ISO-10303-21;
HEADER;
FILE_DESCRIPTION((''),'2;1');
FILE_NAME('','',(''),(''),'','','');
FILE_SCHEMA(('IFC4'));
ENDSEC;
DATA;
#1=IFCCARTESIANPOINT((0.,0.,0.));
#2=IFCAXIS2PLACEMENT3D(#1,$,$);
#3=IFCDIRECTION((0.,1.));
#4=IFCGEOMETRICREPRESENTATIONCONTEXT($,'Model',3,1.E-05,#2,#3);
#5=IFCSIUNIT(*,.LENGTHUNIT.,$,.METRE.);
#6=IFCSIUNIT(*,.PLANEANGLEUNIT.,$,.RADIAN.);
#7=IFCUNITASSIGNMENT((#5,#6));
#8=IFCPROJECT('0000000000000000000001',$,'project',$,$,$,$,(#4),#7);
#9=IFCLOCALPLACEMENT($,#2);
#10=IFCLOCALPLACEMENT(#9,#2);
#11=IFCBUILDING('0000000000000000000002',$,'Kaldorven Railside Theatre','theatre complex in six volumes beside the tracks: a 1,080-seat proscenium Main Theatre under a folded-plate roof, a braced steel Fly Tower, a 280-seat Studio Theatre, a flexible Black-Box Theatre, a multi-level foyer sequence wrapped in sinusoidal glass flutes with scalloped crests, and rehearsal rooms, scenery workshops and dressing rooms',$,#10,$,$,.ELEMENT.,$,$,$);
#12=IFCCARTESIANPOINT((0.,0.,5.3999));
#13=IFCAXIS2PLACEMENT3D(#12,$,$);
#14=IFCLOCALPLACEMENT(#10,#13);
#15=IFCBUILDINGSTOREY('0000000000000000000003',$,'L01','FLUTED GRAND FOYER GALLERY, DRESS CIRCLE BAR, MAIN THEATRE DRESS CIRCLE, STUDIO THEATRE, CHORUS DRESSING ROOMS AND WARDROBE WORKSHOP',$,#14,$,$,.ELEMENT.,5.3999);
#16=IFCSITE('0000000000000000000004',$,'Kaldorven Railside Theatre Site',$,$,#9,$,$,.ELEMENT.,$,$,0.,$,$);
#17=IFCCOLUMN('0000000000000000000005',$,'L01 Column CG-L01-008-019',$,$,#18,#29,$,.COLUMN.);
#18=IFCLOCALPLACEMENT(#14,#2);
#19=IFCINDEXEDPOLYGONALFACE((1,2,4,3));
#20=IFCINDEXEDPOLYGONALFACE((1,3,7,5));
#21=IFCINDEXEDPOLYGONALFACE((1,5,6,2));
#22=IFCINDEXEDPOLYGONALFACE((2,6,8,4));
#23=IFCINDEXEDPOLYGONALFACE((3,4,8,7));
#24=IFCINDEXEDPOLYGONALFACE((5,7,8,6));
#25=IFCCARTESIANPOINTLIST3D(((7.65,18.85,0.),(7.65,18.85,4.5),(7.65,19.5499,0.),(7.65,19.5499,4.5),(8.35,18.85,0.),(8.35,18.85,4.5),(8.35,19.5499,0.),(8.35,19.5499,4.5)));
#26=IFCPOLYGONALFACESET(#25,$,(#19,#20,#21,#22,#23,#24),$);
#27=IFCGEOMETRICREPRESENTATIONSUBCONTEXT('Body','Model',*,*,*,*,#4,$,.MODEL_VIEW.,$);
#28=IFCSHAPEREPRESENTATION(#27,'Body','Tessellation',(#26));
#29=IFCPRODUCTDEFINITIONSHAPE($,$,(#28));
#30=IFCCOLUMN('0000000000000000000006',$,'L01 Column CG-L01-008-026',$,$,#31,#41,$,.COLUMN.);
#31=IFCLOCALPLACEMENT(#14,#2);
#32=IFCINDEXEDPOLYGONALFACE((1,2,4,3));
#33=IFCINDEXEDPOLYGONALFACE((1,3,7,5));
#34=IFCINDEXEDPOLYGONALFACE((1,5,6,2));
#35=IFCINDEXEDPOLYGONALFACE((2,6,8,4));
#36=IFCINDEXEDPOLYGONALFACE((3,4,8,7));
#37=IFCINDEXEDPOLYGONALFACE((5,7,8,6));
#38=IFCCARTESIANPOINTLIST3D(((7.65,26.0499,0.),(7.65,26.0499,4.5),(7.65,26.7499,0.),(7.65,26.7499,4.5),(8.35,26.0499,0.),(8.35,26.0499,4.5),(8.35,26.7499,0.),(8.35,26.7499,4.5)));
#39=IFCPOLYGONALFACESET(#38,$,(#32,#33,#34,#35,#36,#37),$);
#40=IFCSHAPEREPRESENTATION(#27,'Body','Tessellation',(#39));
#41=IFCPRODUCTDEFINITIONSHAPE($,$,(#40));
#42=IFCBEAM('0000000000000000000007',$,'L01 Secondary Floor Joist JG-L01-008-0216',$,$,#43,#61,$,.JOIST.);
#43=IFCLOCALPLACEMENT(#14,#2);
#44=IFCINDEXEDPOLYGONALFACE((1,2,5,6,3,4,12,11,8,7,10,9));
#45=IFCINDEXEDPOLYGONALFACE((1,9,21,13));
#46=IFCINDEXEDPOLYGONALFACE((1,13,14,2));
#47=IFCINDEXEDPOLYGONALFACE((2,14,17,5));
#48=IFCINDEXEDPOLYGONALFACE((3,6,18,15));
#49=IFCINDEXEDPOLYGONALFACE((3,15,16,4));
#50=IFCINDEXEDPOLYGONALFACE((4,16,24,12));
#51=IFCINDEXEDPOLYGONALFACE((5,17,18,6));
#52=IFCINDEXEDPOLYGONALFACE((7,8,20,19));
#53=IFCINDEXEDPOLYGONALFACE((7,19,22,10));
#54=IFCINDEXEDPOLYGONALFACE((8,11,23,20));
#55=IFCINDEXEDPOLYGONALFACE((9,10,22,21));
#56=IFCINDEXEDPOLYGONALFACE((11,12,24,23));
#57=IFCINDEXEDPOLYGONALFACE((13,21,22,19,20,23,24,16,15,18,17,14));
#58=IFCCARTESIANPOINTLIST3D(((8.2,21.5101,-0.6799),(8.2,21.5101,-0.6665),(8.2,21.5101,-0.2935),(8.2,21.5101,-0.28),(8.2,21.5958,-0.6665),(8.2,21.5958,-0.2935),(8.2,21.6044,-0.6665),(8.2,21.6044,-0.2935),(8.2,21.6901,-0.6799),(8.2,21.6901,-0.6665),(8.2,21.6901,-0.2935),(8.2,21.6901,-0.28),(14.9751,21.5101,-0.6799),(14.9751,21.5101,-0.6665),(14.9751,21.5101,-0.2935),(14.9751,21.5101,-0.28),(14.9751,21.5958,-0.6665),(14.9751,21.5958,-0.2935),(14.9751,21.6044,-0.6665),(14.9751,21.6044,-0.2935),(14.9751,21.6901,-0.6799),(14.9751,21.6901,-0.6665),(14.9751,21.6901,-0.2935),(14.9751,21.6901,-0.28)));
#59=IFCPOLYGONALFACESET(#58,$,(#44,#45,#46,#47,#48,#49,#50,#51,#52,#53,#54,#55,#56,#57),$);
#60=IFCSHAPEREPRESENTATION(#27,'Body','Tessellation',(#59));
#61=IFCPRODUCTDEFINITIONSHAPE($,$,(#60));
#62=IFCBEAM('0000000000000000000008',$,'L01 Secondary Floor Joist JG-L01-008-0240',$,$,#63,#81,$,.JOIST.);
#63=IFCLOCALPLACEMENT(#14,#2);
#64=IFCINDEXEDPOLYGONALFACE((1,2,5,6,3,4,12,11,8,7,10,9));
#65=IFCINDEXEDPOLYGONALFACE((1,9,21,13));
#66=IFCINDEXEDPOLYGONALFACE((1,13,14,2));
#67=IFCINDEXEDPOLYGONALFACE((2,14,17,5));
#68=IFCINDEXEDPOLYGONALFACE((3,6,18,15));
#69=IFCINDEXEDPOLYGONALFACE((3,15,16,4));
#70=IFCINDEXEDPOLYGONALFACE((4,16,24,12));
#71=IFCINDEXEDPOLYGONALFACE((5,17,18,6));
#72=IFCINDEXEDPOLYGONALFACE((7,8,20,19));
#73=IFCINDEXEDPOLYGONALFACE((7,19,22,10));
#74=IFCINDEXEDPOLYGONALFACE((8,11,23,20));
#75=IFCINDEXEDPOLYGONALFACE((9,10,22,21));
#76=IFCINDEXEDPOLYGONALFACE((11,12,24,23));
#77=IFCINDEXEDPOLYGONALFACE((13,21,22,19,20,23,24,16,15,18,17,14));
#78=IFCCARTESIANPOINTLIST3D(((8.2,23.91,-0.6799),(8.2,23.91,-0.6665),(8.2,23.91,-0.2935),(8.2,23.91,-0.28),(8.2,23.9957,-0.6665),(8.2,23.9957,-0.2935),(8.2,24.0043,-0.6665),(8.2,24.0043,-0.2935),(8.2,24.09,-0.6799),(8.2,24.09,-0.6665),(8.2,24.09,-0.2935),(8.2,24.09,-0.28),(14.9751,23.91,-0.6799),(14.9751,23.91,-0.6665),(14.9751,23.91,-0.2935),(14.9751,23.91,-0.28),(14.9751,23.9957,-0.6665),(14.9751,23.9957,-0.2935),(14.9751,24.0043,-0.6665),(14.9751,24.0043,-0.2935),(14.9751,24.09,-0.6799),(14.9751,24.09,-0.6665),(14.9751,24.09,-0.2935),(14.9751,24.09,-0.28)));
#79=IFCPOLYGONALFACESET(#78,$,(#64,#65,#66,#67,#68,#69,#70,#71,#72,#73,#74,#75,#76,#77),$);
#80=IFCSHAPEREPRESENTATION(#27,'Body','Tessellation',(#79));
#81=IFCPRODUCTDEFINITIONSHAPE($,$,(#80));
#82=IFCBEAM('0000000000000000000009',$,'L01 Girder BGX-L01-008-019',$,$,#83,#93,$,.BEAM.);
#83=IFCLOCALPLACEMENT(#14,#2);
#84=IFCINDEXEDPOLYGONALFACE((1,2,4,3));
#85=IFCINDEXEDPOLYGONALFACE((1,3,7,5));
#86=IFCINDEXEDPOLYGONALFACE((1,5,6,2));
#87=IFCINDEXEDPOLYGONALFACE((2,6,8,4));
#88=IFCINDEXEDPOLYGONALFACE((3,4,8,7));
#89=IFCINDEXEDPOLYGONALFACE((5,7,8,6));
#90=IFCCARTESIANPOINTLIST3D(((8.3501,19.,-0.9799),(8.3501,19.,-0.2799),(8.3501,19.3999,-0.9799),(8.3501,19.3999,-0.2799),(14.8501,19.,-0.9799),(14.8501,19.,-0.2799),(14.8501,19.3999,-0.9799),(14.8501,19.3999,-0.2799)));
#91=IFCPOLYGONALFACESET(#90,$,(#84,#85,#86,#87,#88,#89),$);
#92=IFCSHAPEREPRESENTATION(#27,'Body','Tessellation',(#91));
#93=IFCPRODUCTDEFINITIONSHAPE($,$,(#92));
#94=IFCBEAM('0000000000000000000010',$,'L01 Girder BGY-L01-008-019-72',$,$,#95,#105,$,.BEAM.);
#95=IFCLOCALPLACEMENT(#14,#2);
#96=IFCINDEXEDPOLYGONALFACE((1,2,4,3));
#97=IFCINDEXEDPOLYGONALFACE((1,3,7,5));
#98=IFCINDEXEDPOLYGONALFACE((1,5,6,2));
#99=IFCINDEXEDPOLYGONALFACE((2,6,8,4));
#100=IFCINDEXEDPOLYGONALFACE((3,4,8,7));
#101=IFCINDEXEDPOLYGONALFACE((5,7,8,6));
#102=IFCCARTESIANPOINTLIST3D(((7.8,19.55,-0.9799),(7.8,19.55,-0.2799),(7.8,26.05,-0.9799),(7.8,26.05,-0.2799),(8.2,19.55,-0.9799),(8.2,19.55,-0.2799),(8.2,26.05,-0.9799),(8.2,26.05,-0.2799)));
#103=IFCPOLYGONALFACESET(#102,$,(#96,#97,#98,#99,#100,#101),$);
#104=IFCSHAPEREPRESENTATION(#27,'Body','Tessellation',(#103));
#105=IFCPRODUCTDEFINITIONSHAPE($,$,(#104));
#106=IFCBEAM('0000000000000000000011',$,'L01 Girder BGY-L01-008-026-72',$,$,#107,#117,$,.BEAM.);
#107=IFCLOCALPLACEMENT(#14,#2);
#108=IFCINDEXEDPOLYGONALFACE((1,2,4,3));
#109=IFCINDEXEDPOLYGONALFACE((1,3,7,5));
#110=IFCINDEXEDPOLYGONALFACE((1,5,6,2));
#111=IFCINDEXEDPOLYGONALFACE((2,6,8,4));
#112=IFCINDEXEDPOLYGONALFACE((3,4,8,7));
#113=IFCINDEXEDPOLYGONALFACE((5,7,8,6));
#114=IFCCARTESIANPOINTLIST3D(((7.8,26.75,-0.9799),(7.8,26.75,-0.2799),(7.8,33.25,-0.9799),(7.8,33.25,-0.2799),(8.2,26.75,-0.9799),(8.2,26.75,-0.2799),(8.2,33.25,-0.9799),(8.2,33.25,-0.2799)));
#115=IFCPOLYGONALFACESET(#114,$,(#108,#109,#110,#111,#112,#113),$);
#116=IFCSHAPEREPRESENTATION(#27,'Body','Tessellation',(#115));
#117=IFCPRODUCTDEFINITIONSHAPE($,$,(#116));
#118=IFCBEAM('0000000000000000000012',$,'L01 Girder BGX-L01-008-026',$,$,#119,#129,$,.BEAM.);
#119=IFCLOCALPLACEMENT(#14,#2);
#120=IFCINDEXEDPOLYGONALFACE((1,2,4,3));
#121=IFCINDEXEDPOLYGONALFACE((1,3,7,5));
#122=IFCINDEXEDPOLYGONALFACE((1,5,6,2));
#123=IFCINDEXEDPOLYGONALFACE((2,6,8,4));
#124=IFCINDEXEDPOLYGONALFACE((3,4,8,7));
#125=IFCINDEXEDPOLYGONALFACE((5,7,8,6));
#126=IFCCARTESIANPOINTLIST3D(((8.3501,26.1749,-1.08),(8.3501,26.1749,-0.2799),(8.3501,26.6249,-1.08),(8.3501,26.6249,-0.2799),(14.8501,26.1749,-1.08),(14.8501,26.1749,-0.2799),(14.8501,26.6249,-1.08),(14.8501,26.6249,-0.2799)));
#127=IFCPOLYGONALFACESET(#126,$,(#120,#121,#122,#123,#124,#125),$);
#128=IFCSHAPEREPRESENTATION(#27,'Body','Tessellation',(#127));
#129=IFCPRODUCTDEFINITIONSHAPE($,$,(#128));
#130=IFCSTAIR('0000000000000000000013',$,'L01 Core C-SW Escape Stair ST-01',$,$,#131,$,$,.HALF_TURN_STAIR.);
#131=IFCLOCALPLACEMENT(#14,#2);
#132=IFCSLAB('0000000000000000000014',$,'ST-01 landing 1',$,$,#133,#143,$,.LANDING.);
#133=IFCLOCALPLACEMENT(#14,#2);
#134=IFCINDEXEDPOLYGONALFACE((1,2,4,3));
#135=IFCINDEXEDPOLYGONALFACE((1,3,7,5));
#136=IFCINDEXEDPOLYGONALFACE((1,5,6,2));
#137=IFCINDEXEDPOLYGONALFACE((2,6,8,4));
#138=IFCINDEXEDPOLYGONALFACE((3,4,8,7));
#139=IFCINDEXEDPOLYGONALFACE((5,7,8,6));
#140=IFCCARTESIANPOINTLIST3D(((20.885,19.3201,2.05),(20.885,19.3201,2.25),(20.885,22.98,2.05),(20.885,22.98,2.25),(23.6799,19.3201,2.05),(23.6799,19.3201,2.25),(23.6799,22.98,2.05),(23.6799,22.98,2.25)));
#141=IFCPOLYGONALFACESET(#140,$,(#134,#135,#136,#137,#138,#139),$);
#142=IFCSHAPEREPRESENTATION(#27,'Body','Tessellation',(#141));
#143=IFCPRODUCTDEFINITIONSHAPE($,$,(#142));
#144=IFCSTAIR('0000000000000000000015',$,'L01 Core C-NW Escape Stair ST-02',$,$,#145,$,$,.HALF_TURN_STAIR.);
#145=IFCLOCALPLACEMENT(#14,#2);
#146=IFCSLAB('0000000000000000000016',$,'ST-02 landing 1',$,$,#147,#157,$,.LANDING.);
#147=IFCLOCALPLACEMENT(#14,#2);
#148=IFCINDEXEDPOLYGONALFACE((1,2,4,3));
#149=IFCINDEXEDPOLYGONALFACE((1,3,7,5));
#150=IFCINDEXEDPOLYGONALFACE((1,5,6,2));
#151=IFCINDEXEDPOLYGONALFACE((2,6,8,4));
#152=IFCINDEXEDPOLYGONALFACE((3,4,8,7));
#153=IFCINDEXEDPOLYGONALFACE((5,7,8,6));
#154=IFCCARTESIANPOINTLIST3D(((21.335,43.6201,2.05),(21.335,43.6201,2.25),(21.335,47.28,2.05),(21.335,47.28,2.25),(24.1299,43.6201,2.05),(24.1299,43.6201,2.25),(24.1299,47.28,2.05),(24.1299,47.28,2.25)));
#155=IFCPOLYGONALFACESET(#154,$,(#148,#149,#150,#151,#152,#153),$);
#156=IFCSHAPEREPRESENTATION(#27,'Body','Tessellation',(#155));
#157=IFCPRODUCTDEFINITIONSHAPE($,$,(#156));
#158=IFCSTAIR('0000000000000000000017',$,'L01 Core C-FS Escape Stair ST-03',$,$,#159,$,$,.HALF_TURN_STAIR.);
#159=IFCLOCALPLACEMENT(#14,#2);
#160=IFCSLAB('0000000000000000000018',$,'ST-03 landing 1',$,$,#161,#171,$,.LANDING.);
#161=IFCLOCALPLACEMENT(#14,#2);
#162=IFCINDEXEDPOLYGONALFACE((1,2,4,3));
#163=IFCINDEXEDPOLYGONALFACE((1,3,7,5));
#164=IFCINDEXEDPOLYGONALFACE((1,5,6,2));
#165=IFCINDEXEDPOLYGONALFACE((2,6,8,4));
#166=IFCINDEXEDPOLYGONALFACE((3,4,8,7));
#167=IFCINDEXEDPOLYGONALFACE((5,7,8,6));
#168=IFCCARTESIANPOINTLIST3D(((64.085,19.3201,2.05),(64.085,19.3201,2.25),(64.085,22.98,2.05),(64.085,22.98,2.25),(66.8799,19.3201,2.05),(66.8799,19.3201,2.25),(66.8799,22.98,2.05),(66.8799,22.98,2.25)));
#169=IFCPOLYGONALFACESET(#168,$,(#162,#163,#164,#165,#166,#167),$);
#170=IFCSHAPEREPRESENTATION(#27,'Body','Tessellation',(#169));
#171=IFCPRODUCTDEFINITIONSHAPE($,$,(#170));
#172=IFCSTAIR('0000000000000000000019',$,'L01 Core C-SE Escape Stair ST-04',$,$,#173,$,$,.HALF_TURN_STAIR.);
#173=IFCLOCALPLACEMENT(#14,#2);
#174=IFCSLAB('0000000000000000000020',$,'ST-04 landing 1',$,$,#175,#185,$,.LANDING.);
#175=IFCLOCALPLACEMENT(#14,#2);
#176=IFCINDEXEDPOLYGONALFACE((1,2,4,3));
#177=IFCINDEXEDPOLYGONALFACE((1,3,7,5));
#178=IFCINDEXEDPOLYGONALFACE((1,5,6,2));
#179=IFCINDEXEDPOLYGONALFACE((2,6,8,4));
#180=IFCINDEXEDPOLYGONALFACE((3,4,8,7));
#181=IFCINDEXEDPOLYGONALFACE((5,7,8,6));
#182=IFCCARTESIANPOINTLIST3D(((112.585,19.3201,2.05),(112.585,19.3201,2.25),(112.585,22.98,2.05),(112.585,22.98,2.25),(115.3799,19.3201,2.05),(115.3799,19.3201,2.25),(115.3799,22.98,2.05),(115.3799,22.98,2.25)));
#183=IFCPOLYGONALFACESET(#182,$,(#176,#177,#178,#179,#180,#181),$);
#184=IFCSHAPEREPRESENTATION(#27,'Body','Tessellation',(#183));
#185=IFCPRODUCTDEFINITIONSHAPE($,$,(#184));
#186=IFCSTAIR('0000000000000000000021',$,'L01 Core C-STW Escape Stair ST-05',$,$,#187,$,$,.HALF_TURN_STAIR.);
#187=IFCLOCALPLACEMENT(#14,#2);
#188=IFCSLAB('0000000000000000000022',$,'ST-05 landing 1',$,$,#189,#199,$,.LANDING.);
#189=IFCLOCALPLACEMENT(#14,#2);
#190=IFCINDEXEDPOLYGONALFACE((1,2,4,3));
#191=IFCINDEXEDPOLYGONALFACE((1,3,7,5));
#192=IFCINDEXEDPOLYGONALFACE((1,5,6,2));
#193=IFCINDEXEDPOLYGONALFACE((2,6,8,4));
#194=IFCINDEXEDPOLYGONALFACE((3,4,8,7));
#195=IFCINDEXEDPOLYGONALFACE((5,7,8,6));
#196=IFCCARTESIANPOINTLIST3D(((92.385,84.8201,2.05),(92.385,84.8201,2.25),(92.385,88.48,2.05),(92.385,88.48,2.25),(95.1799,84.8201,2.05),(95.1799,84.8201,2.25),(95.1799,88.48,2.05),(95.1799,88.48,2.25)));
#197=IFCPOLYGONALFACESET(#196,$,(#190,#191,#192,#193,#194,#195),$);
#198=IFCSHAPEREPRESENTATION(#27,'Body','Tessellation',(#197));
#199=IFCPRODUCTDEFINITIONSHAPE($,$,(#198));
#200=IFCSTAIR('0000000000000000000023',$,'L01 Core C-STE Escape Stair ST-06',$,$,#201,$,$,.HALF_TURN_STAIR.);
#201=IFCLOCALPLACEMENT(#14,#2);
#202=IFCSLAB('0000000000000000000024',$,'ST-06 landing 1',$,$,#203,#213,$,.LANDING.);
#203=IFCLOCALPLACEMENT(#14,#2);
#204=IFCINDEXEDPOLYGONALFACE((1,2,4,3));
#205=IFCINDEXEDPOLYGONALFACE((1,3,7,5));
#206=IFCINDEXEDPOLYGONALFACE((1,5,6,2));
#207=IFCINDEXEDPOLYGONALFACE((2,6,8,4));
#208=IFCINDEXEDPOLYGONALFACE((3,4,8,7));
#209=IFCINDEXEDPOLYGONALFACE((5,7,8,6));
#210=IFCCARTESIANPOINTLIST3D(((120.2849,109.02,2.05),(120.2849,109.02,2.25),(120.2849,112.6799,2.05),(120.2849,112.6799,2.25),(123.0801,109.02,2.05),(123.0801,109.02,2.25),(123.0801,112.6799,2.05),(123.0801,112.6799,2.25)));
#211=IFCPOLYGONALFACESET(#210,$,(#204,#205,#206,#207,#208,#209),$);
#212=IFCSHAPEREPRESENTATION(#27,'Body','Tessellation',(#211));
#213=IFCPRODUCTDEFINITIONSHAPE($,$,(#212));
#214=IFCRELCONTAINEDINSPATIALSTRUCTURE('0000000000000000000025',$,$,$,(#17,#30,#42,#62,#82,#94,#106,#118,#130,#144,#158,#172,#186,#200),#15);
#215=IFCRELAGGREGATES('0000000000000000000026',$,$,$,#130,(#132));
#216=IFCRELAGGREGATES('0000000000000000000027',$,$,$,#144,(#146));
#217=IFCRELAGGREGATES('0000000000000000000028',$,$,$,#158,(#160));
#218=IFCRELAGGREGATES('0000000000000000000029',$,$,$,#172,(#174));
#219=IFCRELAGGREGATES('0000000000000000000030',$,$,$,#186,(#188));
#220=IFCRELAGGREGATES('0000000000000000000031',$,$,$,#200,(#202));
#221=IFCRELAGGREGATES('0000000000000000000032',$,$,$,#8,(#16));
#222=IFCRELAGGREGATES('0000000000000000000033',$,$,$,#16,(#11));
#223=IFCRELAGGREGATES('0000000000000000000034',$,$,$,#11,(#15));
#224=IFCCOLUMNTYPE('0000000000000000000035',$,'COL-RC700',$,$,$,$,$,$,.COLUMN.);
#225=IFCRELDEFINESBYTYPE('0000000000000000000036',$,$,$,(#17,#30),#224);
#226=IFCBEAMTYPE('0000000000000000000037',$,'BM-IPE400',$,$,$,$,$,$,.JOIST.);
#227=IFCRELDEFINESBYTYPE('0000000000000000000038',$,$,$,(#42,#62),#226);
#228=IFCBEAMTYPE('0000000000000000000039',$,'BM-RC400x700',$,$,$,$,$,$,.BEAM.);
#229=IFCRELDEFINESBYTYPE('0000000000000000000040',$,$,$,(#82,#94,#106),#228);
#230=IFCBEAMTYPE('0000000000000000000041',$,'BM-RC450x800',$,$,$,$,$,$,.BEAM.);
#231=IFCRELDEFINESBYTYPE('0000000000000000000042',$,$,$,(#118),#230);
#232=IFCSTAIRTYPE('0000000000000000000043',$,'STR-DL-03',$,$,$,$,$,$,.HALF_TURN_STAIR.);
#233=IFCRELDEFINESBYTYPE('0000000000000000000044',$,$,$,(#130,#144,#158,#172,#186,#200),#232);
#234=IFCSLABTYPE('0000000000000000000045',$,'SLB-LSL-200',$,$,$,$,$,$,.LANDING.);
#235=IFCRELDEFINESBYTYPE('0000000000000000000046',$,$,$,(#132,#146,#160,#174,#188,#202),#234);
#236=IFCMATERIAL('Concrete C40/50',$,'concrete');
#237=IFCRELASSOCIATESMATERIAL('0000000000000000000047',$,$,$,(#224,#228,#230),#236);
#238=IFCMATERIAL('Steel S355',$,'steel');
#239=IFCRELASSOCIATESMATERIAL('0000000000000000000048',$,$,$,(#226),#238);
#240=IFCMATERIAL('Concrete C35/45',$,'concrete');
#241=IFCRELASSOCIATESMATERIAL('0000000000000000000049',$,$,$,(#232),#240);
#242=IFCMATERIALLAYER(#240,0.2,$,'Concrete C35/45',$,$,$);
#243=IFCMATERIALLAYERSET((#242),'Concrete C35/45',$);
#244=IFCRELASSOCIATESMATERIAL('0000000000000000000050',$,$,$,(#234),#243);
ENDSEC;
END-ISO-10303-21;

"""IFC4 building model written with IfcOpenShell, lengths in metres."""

from ifc_helpers import new_model, si_unit, direction, frame, origin, origin_2d, place, context, subcontext, project, spatial, polyline, rectangle, i_section, outline, extrude, material, layer, layer_set, material_profile, profile_set, type_object, element, aggregate, save


model = new_model("IFC4")

# Units and contexts
model_context = context("Model", 3, precision=1e-05, world=origin(), true_north=direction((0.0, 1.0)))
body_context = subcontext(model_context, "Body", "Model", "MODEL_VIEW")
ifc_project = project(units=[si_unit("LENGTHUNIT", "METRE"), si_unit("PLANEANGLEUNIT", "RADIAN")], contexts=[model_context])

# Site, building, storey
site_placement = place(None, origin())
site = spatial("IfcSite", under=ifc_project, at=site_placement, Name="Kaldorven Railside Theatre Site", CompositionType="ELEMENT", RefElevation=0.0)
building_placement = place(site_placement, origin())
building = spatial("IfcBuilding", under=site, at=building_placement, Name="Kaldorven Railside Theatre", Description="theatre complex in six volumes beside the tracks: a 1,080-seat proscenium Main Theatre under a folded-plate roof, a braced steel Fly Tower, a 280-seat Studio Theatre, a flexible Black-Box Theatre, a multi-level foyer sequence wrapped in sinusoidal glass flutes with scalloped crests, and rehearsal rooms, scenery workshops and dressing rooms", CompositionType="ELEMENT")
storey_placement = place(building_placement, frame((0.0, 0.0, 5.3999)))
storey = spatial("IfcBuildingStorey", under=building, at=storey_placement, Name="L01", Description="FLUTED GRAND FOYER GALLERY, DRESS CIRCLE BAR, MAIN THEATRE DRESS CIRCLE, STUDIO THEATRE, CHORUS DRESSING ROOMS AND WARDROBE WORKSHOP", CompositionType="ELEMENT", Elevation=5.3999)

# Columns
ifc_material_1 = material(Name="Concrete C40/50", Category="concrete")
ifc_material_profile_1 = material_profile(ifc_material_1, rectangle(XDim=0.7, YDim=0.7, at=origin_2d()), Name="RC 700x700")
ifc_profile_set_1 = profile_set([ifc_material_profile_1], Name="Concrete C40/50")
column_type = type_object("IfcColumnType", Name="COL-RC700", PredefinedType="COLUMN", material=ifc_profile_set_1)
for number, where, z_axis, x_axis, name in (
    (1, (8.0, 19.2, 0.0), (0.0, 0.0, 1.0), (0.0, 1.0, 0.0), "L01 Column CG-L01-008-019"),
    (2, (8.0, 26.3999, 0.0), (0.0, 0.0, 1.0), (1.0, 0.0, 0.0), "L01 Column CG-L01-008-026"),
):
    element("IfcColumn", number, at=place(storey_placement, frame(where, z_axis=z_axis, x_axis=x_axis)), inside=storey, type_object=column_type, Name=name, PredefinedType="COLUMN", context=body_context, shape_type="SweptSolid", body=[
        extrude(rectangle(XDim=0.7, YDim=0.7, at=origin_2d()), origin(), (0.0, 0.0, 1.0), 4.5),
    ])

# Beams
ifc_material_2 = material(Name="Steel S355", Category="steel")
ifc_material_profile_2 = material_profile(ifc_material_2, i_section(OverallWidth=0.1799, OverallDepth=0.3999, WebThickness=0.0085, FlangeThickness=0.0134, at=origin_2d()), Name="IPE 400")
ifc_profile_set_2 = profile_set([ifc_material_profile_2], Name="Steel S355")
beam_type_1 = type_object("IfcBeamType", Name="BM-IPE400", PredefinedType="JOIST", material=ifc_profile_set_2)
for number, where, z_axis, x_axis, name in (
    (3, (8.2, 21.6001, -0.48), (1.0, 0.0, 0.0), (0.0, 1.0, 0.0), "L01 Secondary Floor Joist JG-L01-008-0216"),
    (4, (8.2, 24.0, -0.48), (1.0, 0.0, 0.0), (0.0, 1.0, 0.0), "L01 Secondary Floor Joist JG-L01-008-0240"),
):
    element("IfcBeam", number, at=place(storey_placement, frame(where, z_axis=z_axis, x_axis=x_axis)), inside=storey, type_object=beam_type_1, Name=name, PredefinedType="JOIST", context=body_context, shape_type="SweptSolid", body=[
        extrude(i_section(OverallWidth=0.1799, OverallDepth=0.3999, WebThickness=0.0085, FlangeThickness=0.0134, at=origin_2d()), origin(), (0.0, 0.0, 1.0), 6.7751),
    ])
ifc_material_profile_3 = material_profile(ifc_material_1, rectangle(XDim=0.3999, YDim=0.7, at=origin_2d()), Name="RC 400x700")
ifc_profile_set_3 = profile_set([ifc_material_profile_3], Name="Concrete C40/50")
beam_type_2 = type_object("IfcBeamType", Name="BM-RC400x700", PredefinedType="BEAM", material=ifc_profile_set_3)
for number, where, z_axis, x_axis, name in (
    (5, (8.3501, 19.2, -0.6299), (1.0, 0.0, 0.0), (0.0, 1.0, 0.0), "L01 Girder BGX-L01-008-019"),
    (6, (8.0, 19.55, -0.6299), (0.0, 1.0, 0.0), (-1.0, 0.0, 0.0), "L01 Girder BGY-L01-008-019-72"),
    (7, (8.0, 26.75, -0.6299), (0.0, 1.0, 0.0), (-1.0, 0.0, 0.0), "L01 Girder BGY-L01-008-026-72"),
):
    element("IfcBeam", number, at=place(storey_placement, frame(where, z_axis=z_axis, x_axis=x_axis)), inside=storey, type_object=beam_type_2, Name=name, PredefinedType="BEAM", context=body_context, shape_type="SweptSolid", body=[
        extrude(rectangle(XDim=0.3999, YDim=0.7, at=origin_2d()), origin(), (0.0, 0.0, 1.0), 6.5),
    ])
ifc_material_profile_4 = material_profile(ifc_material_1, rectangle(XDim=0.45, YDim=0.8, at=origin_2d()), Name="RC 450x800")
ifc_profile_set_4 = profile_set([ifc_material_profile_4], Name="Concrete C40/50")
beam_type_3 = type_object("IfcBeamType", Name="BM-RC450x800", PredefinedType="BEAM", material=ifc_profile_set_4)
beam_placement = place(storey_placement, frame((8.3501, 26.3999, -0.6799), z_axis=(1.0, 0.0, 0.0), x_axis=(0.0, 1.0, 0.0)))
element("IfcBeam", 8, at=beam_placement, inside=storey, type_object=beam_type_3, Name="L01 Girder BGX-L01-008-026", PredefinedType="BEAM", context=body_context, shape_type="SweptSolid", body=[
    extrude(rectangle(XDim=0.45, YDim=0.8, at=origin_2d()), origin(), (0.0, 0.0, 1.0), 6.5),
])

# Stairs, slabs
ifc_material_3 = material(Name="Concrete C35/45", Category="concrete")
stair_type_1 = type_object("IfcStairType", Name="STR-DL-03", PredefinedType="HALF_TURN_STAIR", material=ifc_material_3)
stair_1_placement = place(storey_placement, origin())
stair_1 = element("IfcStair", 9, at=stair_1_placement, inside=storey, type_object=stair_type_1, Name="L01 Core C-SW Escape Stair ST-01", PredefinedType="HALF_TURN_STAIR")
ifc_layer_1 = layer(ifc_material_3, 0.2, Name="Concrete C35/45")
ifc_layer_set_1 = layer_set([ifc_layer_1], Name="Concrete C35/45")
slab_type_1 = type_object("IfcSlabType", Name="SLB-LSL-200", PredefinedType="LANDING", material=ifc_layer_set_1)
slab_1_placement = place(storey_placement, frame((0.0, 0.0, 2.05)))
slab_1 = element("IfcSlab", 10, at=slab_1_placement, type_object=slab_type_1, Name="ST-01 landing 1", PredefinedType="LANDING", context=body_context, shape_type="SweptSolid", body=[
    extrude(outline(polyline([(20.885, 19.3201), (23.6799, 19.3201), (23.6799, 22.98), (20.885, 22.98), (20.885, 19.3201)])), origin(), (0.0, 0.0, 1.0), 0.2),
])
aggregate(stair_1, [slab_1])
stair_2_placement = place(storey_placement, origin())
stair_2 = element("IfcStair", 11, at=stair_2_placement, inside=storey, type_object=stair_type_1, Name="L01 Core C-NW Escape Stair ST-02", PredefinedType="HALF_TURN_STAIR")
slab_2_placement = place(storey_placement, frame((0.0, 0.0, 2.05)))
slab_2 = element("IfcSlab", 12, at=slab_2_placement, type_object=slab_type_1, Name="ST-02 landing 1", PredefinedType="LANDING", context=body_context, shape_type="SweptSolid", body=[
    extrude(outline(polyline([(21.335, 43.6201), (24.1299, 43.6201), (24.1299, 47.28), (21.335, 47.28), (21.335, 43.6201)])), origin(), (0.0, 0.0, 1.0), 0.2),
])
aggregate(stair_2, [slab_2])
stair_3_placement = place(storey_placement, origin())
stair_3 = element("IfcStair", 13, at=stair_3_placement, inside=storey, type_object=stair_type_1, Name="L01 Core C-FS Escape Stair ST-03", PredefinedType="HALF_TURN_STAIR")
slab_3_placement = place(storey_placement, frame((0.0, 0.0, 2.05)))
slab_3 = element("IfcSlab", 14, at=slab_3_placement, type_object=slab_type_1, Name="ST-03 landing 1", PredefinedType="LANDING", context=body_context, shape_type="SweptSolid", body=[
    extrude(outline(polyline([(64.085, 19.3201), (66.8799, 19.3201), (66.8799, 22.98), (64.085, 22.98), (64.085, 19.3201)])), origin(), (0.0, 0.0, 1.0), 0.2),
])
aggregate(stair_3, [slab_3])
stair_4_placement = place(storey_placement, origin())
stair_4 = element("IfcStair", 15, at=stair_4_placement, inside=storey, type_object=stair_type_1, Name="L01 Core C-SE Escape Stair ST-04", PredefinedType="HALF_TURN_STAIR")
slab_4_placement = place(storey_placement, frame((0.0, 0.0, 2.05)))
slab_4 = element("IfcSlab", 16, at=slab_4_placement, type_object=slab_type_1, Name="ST-04 landing 1", PredefinedType="LANDING", context=body_context, shape_type="SweptSolid", body=[
    extrude(outline(polyline([(112.585, 19.3201), (115.3799, 19.3201), (115.3799, 22.98), (112.585, 22.98), (112.585, 19.3201)])), origin(), (0.0, 0.0, 1.0), 0.2),
])
aggregate(stair_4, [slab_4])
stair_5_placement = place(storey_placement, origin())
stair_5 = element("IfcStair", 17, at=stair_5_placement, inside=storey, type_object=stair_type_1, Name="L01 Core C-STW Escape Stair ST-05", PredefinedType="HALF_TURN_STAIR")
slab_5_placement = place(storey_placement, frame((0.0, 0.0, 2.05)))
slab_5 = element("IfcSlab", 18, at=slab_5_placement, type_object=slab_type_1, Name="ST-05 landing 1", PredefinedType="LANDING", context=body_context, shape_type="SweptSolid", body=[
    extrude(outline(polyline([(92.385, 84.8201), (95.1799, 84.8201), (95.1799, 88.48), (92.385, 88.48), (92.385, 84.8201)])), origin(), (0.0, 0.0, 1.0), 0.2),
])
aggregate(stair_5, [slab_5])
stair_6_placement = place(storey_placement, origin())
stair_6 = element("IfcStair", 19, at=stair_6_placement, inside=storey, type_object=stair_type_1, Name="L01 Core C-STE Escape Stair ST-06", PredefinedType="HALF_TURN_STAIR")
slab_6_placement = place(storey_placement, frame((0.0, 0.0, 2.05)))
slab_6 = element("IfcSlab", 20, at=slab_6_placement, type_object=slab_type_1, Name="ST-06 landing 1", PredefinedType="LANDING", context=body_context, shape_type="SweptSolid", body=[
    extrude(outline(polyline([(120.2849, 109.02), (123.0801, 109.02), (123.0801, 112.6799), (120.2849, 112.6799), (120.2849, 109.02)])), origin(), (0.0, 0.0, 1.0), 0.2),
])
aggregate(stair_6, [slab_6])

save(model, "model.ifc")
